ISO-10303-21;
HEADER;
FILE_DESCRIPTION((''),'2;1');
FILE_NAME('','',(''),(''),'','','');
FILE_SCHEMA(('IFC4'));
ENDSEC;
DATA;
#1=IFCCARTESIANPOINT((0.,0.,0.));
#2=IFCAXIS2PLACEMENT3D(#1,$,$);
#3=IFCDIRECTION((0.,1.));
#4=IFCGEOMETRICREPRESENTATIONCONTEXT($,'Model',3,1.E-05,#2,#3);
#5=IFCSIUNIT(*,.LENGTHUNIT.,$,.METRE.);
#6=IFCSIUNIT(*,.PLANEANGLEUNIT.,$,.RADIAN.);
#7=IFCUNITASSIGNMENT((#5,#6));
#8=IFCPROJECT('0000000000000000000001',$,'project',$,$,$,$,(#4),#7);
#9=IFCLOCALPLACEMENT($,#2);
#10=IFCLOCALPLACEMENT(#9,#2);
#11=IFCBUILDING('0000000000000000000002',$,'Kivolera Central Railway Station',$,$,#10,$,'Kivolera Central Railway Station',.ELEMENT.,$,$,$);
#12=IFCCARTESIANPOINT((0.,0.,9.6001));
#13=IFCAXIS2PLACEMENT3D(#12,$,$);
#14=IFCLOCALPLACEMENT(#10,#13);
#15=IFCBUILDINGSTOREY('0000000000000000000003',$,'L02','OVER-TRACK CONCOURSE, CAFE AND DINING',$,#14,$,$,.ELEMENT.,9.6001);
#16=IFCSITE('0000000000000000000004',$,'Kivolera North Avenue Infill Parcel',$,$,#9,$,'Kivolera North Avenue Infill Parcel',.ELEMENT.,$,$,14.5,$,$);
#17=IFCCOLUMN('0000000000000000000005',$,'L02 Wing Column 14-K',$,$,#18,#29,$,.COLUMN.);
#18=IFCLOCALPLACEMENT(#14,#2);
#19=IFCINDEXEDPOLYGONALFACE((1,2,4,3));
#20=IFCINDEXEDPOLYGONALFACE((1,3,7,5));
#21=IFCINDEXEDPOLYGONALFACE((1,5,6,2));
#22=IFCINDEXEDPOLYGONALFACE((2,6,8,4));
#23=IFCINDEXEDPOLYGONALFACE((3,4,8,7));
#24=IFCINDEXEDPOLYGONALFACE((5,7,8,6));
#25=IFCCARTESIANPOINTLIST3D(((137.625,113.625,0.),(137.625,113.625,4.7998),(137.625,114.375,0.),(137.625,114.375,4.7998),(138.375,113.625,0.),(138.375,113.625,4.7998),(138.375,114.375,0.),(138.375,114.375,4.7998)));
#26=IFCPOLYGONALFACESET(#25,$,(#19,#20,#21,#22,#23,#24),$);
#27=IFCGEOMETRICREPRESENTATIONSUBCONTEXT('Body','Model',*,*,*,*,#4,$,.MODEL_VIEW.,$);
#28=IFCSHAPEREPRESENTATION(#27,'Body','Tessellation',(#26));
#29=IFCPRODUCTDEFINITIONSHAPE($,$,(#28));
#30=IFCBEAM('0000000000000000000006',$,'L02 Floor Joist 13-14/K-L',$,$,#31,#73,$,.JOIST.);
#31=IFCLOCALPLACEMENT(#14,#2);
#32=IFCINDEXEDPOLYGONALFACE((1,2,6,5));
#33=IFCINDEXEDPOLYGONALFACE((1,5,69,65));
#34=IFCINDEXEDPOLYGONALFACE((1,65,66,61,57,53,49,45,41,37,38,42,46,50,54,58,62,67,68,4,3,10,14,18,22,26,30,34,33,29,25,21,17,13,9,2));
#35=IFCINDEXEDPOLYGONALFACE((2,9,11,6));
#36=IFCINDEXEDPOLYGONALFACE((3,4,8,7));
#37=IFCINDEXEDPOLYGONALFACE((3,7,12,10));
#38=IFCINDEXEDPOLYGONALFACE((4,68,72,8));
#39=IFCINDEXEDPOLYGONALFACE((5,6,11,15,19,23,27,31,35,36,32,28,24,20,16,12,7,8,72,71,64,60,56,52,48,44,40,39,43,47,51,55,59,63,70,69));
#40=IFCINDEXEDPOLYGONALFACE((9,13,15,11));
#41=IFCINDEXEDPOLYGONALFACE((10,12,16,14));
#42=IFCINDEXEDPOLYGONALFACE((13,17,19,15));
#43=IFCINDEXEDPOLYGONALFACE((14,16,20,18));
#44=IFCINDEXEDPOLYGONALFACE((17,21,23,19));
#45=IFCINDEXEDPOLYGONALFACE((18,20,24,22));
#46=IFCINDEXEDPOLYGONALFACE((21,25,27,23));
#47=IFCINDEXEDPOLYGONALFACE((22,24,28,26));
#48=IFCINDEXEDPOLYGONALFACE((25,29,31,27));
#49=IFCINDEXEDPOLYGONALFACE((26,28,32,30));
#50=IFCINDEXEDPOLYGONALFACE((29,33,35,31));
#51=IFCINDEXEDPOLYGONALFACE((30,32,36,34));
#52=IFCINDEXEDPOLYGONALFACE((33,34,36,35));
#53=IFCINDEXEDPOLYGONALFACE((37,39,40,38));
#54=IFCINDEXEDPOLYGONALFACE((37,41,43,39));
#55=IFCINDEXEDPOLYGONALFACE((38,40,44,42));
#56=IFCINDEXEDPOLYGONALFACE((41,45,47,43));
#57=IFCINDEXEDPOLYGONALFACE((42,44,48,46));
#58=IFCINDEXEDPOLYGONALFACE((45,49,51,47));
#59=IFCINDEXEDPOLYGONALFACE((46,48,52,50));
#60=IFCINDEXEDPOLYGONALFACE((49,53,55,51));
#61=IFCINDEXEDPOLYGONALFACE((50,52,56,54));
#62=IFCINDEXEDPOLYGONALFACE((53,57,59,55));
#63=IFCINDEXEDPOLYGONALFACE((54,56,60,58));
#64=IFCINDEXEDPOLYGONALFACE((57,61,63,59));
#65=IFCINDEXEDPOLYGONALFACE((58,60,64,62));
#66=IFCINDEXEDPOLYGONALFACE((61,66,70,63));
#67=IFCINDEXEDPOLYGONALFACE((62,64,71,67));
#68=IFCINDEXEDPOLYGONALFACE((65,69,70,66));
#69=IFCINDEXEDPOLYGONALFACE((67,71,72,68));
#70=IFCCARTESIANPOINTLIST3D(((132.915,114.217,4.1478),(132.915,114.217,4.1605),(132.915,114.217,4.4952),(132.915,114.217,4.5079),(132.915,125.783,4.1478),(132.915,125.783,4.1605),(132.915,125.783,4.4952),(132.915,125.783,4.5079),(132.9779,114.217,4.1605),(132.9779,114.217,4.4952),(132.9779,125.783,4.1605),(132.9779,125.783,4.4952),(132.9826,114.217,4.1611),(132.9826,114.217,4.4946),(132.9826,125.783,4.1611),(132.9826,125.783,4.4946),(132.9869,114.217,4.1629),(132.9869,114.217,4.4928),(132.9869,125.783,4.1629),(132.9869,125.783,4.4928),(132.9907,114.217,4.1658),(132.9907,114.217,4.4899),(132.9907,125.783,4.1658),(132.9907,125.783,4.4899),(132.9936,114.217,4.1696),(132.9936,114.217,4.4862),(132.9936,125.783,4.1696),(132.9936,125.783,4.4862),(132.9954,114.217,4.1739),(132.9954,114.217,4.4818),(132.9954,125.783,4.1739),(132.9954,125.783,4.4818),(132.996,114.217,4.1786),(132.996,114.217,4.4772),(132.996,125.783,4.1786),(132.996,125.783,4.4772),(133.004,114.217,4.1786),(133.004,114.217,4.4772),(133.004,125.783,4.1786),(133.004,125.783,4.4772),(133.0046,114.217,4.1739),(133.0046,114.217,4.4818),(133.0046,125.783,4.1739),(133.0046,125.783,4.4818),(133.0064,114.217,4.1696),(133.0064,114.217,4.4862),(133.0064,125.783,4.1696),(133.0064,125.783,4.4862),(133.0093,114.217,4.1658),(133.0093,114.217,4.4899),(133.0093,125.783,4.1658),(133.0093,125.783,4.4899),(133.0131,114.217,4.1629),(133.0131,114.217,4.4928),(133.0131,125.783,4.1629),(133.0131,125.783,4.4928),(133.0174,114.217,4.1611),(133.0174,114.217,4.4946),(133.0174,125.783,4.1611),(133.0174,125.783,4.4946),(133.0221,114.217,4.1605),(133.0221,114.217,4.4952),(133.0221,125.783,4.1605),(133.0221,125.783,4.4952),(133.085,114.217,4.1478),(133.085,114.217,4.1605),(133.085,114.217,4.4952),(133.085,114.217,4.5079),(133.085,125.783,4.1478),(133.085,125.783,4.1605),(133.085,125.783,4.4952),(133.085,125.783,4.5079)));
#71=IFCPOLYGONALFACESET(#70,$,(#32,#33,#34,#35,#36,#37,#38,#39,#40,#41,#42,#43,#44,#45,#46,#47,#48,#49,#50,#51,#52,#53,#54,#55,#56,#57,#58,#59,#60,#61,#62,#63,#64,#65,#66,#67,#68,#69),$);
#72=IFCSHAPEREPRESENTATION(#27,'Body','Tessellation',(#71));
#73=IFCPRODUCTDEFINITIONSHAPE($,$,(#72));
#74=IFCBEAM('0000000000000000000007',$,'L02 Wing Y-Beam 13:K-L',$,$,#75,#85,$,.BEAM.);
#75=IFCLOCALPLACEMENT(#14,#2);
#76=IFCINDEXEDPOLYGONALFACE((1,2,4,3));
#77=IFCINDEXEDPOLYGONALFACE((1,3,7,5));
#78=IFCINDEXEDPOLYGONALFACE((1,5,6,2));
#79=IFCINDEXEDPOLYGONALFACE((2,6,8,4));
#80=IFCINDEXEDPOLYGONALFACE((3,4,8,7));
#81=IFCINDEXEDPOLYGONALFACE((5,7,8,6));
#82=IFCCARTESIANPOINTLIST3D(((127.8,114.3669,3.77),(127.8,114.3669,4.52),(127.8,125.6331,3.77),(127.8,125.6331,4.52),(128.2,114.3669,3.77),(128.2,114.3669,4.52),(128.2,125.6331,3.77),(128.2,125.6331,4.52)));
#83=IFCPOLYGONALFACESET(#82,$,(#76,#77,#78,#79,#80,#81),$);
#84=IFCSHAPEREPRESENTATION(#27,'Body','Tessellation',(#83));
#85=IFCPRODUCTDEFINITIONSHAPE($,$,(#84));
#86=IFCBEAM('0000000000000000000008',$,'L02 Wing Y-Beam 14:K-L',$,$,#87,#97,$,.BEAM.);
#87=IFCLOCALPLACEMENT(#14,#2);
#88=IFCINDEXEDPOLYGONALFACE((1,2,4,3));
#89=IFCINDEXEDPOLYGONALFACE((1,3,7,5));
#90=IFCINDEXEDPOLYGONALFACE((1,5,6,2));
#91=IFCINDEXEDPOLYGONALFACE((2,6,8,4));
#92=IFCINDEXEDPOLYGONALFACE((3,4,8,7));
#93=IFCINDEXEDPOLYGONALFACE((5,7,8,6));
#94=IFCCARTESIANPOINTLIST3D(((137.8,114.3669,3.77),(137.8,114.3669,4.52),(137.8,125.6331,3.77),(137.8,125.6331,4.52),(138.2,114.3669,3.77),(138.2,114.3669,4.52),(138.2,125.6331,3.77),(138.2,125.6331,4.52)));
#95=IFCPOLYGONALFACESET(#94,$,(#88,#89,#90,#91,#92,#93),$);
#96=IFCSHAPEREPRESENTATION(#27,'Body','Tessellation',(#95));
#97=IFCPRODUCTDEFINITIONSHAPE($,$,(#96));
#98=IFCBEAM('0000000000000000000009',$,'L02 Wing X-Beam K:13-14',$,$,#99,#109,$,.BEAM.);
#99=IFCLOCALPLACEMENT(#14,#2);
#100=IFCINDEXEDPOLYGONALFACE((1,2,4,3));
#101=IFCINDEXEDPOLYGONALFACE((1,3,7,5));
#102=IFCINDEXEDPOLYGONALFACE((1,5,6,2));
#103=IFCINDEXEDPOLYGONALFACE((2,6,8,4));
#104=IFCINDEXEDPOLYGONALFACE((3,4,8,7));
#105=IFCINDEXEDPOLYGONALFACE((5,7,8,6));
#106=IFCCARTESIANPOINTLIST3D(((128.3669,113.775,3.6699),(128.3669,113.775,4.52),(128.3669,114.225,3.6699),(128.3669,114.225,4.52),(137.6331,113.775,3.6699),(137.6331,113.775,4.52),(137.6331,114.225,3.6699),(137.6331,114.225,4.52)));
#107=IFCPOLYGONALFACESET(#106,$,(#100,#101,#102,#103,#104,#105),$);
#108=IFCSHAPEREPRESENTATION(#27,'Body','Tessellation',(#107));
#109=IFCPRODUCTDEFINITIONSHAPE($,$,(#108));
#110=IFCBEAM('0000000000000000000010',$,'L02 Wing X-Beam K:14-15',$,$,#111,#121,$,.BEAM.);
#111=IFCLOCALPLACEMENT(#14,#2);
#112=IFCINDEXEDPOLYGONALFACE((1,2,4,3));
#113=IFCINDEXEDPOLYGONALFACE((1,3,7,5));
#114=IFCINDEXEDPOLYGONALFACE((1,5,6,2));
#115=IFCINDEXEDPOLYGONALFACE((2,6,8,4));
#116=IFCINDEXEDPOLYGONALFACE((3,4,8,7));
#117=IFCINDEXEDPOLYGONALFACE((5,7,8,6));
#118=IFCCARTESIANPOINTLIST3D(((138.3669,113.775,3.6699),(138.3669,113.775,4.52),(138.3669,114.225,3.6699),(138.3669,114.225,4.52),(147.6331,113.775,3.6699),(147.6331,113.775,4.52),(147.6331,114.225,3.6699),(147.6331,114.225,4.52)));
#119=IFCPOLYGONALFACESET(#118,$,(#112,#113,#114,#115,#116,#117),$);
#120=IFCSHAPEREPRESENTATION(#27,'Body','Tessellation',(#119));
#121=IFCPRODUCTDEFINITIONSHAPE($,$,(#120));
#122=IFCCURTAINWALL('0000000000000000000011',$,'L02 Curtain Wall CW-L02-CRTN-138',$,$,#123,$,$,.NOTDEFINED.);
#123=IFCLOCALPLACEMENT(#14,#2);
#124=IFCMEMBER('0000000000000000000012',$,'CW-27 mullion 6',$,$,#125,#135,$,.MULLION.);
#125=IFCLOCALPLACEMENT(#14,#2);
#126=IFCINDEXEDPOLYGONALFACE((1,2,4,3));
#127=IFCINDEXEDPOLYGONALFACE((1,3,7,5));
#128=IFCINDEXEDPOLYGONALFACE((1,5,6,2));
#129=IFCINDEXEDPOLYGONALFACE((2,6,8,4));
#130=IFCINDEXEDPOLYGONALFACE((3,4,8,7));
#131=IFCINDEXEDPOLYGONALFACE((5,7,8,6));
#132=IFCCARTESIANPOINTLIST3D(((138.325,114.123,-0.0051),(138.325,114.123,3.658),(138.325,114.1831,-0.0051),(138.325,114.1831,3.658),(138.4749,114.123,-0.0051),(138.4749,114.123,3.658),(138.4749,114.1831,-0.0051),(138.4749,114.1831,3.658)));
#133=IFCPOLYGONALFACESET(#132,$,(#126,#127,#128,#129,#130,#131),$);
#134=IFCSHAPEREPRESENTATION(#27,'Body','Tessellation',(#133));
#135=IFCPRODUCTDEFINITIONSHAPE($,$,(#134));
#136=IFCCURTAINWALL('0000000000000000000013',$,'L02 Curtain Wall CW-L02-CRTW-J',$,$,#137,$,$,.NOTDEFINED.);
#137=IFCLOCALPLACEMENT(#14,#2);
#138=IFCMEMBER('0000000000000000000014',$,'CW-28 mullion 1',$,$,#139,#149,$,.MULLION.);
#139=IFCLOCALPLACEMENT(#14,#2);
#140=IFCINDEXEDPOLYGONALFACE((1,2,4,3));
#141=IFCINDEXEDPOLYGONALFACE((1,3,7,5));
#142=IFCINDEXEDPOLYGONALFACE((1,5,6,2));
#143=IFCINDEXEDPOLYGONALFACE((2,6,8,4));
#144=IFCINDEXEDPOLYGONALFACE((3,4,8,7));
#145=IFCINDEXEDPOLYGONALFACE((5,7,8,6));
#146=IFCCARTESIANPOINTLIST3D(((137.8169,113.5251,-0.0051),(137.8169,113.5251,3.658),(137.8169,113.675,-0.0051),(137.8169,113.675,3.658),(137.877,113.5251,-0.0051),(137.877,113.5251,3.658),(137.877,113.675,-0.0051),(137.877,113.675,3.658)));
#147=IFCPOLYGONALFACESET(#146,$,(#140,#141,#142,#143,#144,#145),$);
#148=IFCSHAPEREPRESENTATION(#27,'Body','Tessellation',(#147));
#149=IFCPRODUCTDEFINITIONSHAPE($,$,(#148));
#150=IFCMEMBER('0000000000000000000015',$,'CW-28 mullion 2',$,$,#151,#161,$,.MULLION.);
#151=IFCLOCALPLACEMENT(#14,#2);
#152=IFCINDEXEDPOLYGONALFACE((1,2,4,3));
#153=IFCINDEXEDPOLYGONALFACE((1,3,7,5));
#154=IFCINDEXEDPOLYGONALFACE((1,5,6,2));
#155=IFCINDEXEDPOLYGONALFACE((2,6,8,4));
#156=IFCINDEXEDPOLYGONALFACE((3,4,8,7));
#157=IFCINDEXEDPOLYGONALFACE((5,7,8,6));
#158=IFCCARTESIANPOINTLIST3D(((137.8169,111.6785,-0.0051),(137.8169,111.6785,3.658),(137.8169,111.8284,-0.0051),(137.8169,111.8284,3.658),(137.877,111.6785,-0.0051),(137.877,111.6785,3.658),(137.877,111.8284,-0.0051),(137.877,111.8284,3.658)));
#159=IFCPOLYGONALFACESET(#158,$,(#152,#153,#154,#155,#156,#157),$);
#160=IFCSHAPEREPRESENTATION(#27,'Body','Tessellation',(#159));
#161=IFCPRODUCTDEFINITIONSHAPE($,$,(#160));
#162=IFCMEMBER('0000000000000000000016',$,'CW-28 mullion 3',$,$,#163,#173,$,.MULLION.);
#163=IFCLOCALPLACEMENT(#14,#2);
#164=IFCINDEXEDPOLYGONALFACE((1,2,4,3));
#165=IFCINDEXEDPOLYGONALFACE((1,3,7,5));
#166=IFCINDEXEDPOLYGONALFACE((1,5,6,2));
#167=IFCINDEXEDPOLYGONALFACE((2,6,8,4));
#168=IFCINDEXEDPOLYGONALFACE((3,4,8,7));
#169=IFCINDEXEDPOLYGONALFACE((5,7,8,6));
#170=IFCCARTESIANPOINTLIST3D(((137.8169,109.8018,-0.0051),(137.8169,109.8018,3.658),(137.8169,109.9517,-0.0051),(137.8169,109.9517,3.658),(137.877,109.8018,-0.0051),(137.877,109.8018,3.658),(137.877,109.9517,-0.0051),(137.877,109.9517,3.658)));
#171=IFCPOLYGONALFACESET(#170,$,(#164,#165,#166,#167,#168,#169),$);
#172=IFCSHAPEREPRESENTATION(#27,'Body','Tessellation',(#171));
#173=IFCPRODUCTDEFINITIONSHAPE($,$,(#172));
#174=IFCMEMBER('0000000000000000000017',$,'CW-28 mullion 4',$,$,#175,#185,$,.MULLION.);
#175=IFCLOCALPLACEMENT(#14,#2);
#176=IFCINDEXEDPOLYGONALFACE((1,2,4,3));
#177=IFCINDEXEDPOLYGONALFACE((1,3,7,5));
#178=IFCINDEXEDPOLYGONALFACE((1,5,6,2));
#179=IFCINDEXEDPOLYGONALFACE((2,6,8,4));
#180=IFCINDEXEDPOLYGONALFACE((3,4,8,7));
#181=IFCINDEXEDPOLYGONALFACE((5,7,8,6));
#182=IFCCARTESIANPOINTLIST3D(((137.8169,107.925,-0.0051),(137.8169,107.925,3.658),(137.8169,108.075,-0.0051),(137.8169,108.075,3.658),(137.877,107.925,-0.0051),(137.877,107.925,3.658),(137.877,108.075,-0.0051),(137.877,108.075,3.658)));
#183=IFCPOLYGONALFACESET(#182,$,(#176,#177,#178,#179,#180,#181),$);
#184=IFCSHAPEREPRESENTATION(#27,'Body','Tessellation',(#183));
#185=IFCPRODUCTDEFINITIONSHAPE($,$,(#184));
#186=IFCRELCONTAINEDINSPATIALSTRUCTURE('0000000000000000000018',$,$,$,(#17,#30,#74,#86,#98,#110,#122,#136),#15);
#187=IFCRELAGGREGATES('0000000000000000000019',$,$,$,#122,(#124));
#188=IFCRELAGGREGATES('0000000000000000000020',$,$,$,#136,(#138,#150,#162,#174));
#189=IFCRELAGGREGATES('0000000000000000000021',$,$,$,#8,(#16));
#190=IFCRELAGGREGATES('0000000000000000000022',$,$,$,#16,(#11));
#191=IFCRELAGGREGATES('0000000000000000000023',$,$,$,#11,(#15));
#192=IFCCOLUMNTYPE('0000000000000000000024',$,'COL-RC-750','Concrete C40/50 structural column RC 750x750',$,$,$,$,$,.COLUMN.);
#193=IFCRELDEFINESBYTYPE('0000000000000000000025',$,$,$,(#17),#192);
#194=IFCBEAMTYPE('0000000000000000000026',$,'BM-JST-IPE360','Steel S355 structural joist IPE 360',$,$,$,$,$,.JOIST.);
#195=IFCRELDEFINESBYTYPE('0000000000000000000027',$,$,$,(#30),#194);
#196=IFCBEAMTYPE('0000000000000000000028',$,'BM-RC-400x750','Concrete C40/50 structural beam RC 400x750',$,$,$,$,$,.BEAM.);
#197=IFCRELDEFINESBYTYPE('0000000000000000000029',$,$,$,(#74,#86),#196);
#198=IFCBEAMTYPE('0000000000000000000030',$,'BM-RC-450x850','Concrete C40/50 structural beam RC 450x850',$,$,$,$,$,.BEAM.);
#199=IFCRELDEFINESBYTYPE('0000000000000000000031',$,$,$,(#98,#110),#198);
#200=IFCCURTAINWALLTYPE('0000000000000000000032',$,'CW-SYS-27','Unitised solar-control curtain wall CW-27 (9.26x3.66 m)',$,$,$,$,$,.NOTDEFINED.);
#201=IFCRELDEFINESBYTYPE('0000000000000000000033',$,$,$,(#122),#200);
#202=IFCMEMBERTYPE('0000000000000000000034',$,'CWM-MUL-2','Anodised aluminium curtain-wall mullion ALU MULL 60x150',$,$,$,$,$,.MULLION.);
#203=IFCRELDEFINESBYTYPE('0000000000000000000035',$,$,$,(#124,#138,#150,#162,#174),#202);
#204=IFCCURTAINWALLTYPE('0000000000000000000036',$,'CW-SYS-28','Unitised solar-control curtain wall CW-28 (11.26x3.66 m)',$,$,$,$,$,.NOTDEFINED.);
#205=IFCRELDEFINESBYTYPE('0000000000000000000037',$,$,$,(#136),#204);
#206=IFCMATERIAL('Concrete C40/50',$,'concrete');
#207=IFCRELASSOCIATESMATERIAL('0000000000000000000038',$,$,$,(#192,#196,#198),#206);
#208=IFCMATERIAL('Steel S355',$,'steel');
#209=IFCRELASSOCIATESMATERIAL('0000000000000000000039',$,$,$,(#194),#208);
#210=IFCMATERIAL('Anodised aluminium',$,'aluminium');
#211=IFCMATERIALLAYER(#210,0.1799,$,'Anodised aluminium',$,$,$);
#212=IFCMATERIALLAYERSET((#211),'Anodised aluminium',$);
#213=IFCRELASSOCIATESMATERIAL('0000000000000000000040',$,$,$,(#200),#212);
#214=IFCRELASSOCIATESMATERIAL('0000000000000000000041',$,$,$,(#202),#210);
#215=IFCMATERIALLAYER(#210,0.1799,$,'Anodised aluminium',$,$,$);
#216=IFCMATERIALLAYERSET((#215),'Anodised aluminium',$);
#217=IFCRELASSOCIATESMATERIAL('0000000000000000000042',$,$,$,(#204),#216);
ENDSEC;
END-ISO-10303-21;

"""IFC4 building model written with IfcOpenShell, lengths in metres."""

from ifc_helpers import new_model, si_unit, direction, frame, origin, origin_2d, place, context, subcontext, project, spatial, rectangle, i_section, extrude, material, layer, layer_set, material_profile, profile_set, type_object, element, aggregate, save


model = new_model("IFC4")

# Units and contexts
model_context = context("Model", 3, precision=1e-05, world=origin(), true_north=direction((0.0, 1.0)))
body_context = subcontext(model_context, "Body", "Model", "MODEL_VIEW")
ifc_project = project(units=[si_unit("LENGTHUNIT", "METRE"), si_unit("PLANEANGLEUNIT", "RADIAN")], contexts=[model_context])

# Site, building, storey
site_placement = place(None, origin())
site = spatial("IfcSite", under=ifc_project, at=site_placement, Name="Kivolera North Avenue Infill Parcel", LongName="Kivolera North Avenue Infill Parcel", CompositionType="ELEMENT", RefElevation=14.5)
building_placement = place(site_placement, origin())
building = spatial("IfcBuilding", under=site, at=building_placement, Name="Kivolera Central Railway Station", LongName="Kivolera Central Railway Station", CompositionType="ELEMENT")
storey_placement = place(building_placement, frame((0.0, 0.0, 9.6001)))
storey = spatial("IfcBuildingStorey", under=building, at=storey_placement, Name="L02", Description="OVER-TRACK CONCOURSE, CAFE AND DINING", CompositionType="ELEMENT", Elevation=9.6001)

# Column
ifc_material_1 = material(Name="Concrete C40/50", Category="concrete")
ifc_material_profile_1 = material_profile(ifc_material_1, rectangle(XDim=0.75, YDim=0.75, at=origin_2d()), Name="RC 750x750")
ifc_profile_set_1 = profile_set([ifc_material_profile_1], Name="Concrete C40/50")
column_type = type_object("IfcColumnType", Name="COL-RC-750", Description="Concrete C40/50 structural column RC 750x750", PredefinedType="COLUMN", material=ifc_profile_set_1)
column_placement = place(storey_placement, frame((138.0, 114.0, 0.0), z_axis=(0.0, 0.0, 1.0), x_axis=(1.0, 0.0, 0.0)))
element("IfcColumn", 1, at=column_placement, inside=storey, type_object=column_type, Name="L02 Wing Column 14-K", PredefinedType="COLUMN", context=body_context, shape_type="SweptSolid", body=[
    extrude(rectangle(XDim=0.75, YDim=0.75, at=origin_2d()), origin(), (0.0, 0.0, 1.0), 4.7998),
])

# Beams
ifc_material_2 = material(Name="Steel S355", Category="steel")
ifc_material_profile_2 = material_profile(ifc_material_2, i_section(OverallWidth=0.1699, OverallDepth=0.3601, WebThickness=0.0081, FlangeThickness=0.0127, FilletRadius=0.0181, at=origin_2d()), Name="IPE 360")
ifc_profile_set_2 = profile_set([ifc_material_profile_2], Name="Steel S355")
beam_type_1 = type_object("IfcBeamType", Name="BM-JST-IPE360", Description="Steel S355 structural joist IPE 360", PredefinedType="JOIST", material=ifc_profile_set_2)
beam_placement = place(storey_placement, frame((133.0, 114.217, 4.3279), z_axis=(0.0, 1.0, 0.0), x_axis=(-1.0, 0.0, 0.0)))
element("IfcBeam", 2, at=beam_placement, inside=storey, type_object=beam_type_1, Name="L02 Floor Joist 13-14/K-L", PredefinedType="JOIST", context=body_context, shape_type="SweptSolid", body=[
    extrude(i_section(OverallWidth=0.1699, OverallDepth=0.3601, WebThickness=0.0081, FlangeThickness=0.0127, FilletRadius=0.0181, at=origin_2d()), origin(), (0.0, 0.0, 1.0), 11.5659),
])
ifc_material_profile_3 = material_profile(ifc_material_1, rectangle(XDim=0.3999, YDim=0.75, at=origin_2d()), Name="RC 400x750")
ifc_profile_set_3 = profile_set([ifc_material_profile_3], Name="Concrete C40/50")
beam_type_2 = type_object("IfcBeamType", Name="BM-RC-400x750", Description="Concrete C40/50 structural beam RC 400x750", PredefinedType="BEAM", material=ifc_profile_set_3)
for number, where, z_axis, x_axis, name in (
    (3, (128.0, 114.3669, 4.145), (0.0, 1.0, 0.0), (-1.0, 0.0, 0.0), "L02 Wing Y-Beam 13:K-L"),
    (4, (138.0, 114.3669, 4.145), (0.0, 1.0, 0.0), (-1.0, 0.0, 0.0), "L02 Wing Y-Beam 14:K-L"),
):
    element("IfcBeam", number, at=place(storey_placement, frame(where, z_axis=z_axis, x_axis=x_axis)), inside=storey, type_object=beam_type_2, Name=name, PredefinedType="BEAM", context=body_context, shape_type="SweptSolid", body=[
        extrude(rectangle(XDim=0.3999, YDim=0.75, at=origin_2d()), origin(), (0.0, 0.0, 1.0), 11.2661),
    ])
ifc_material_profile_4 = material_profile(ifc_material_1, rectangle(XDim=0.45, YDim=0.8501, at=origin_2d()), Name="RC 450x850")
ifc_profile_set_4 = profile_set([ifc_material_profile_4], Name="Concrete C40/50")
beam_type_3 = type_object("IfcBeamType", Name="BM-RC-450x850", Description="Concrete C40/50 structural beam RC 450x850", PredefinedType="BEAM", material=ifc_profile_set_4)
for number, where, z_axis, x_axis, name in (
    (5, (128.3669, 114.0, 4.095), (1.0, 0.0, 0.0), (0.0, 1.0, 0.0), "L02 Wing X-Beam K:13-14"),
    (6, (138.3669, 114.0, 4.095), (1.0, 0.0, 0.0), (0.0, 1.0, 0.0), "L02 Wing X-Beam K:14-15"),
):
    element("IfcBeam", number, at=place(storey_placement, frame(where, z_axis=z_axis, x_axis=x_axis)), inside=storey, type_object=beam_type_3, Name=name, PredefinedType="BEAM", context=body_context, shape_type="SweptSolid", body=[
        extrude(rectangle(XDim=0.45, YDim=0.8501, at=origin_2d()), origin(), (0.0, 0.0, 1.0), 9.2661),
    ])

# Curtain wall, member
ifc_material_3 = material(Name="Anodised aluminium", Category="aluminium")
ifc_layer_1 = layer(ifc_material_3, 0.1799, Name="Anodised aluminium")
ifc_layer_set_1 = layer_set([ifc_layer_1], Name="Anodised aluminium")
curtain_wall_type_1 = type_object("IfcCurtainWallType", Name="CW-SYS-27", Description="Unitised solar-control curtain wall CW-27 (9.26x3.66 m)", PredefinedType="NOTDEFINED", material=ifc_layer_set_1)
curtain_wall_1_placement = place(storey_placement, origin())
curtain_wall_1 = element("IfcCurtainWall", 7, at=curtain_wall_1_placement, inside=storey, type_object=curtain_wall_type_1, Name="L02 Curtain Wall CW-L02-CRTN-138", PredefinedType="NOTDEFINED")
ifc_material_profile_5 = material_profile(ifc_material_3, rectangle(XDim=0.0601, YDim=0.1499, at=origin_2d()), Name="ALU MULL 60x150")
ifc_profile_set_5 = profile_set([ifc_material_profile_5], Name="Anodised aluminium")
member_type_1 = type_object("IfcMemberType", Name="CWM-MUL-2", Description="Anodised aluminium curtain-wall mullion ALU MULL 60x150", PredefinedType="MULLION", material=ifc_profile_set_5)
member_1_placement = place(storey_placement, frame((138.3999, 114.1531, -0.0051), z_axis=(0.0, 0.0, 1.0), x_axis=(0.0, -1.0, 0.0)))
member_1 = element("IfcMember", 8, at=member_1_placement, type_object=member_type_1, Name="CW-27 mullion 6", PredefinedType="MULLION", context=body_context, shape_type="SweptSolid", body=[
    extrude(rectangle(XDim=0.0601, YDim=0.1499, at=origin_2d()), origin(), (0.0, 0.0, 1.0), 3.6631),
])
aggregate(curtain_wall_1, [member_1])

# Curtain wall, members
ifc_layer_2 = layer(ifc_material_3, 0.1799, Name="Anodised aluminium")
ifc_layer_set_2 = layer_set([ifc_layer_2], Name="Anodised aluminium")
curtain_wall_type_2 = type_object("IfcCurtainWallType", Name="CW-SYS-28", Description="Unitised solar-control curtain wall CW-28 (11.26x3.66 m)", PredefinedType="NOTDEFINED", material=ifc_layer_set_2)
curtain_wall_2_placement = place(storey_placement, origin())
curtain_wall_2 = element("IfcCurtainWall", 9, at=curtain_wall_2_placement, inside=storey, type_object=curtain_wall_type_2, Name="L02 Curtain Wall CW-L02-CRTW-J", PredefinedType="NOTDEFINED")
member_2_placement = place(storey_placement, frame((137.8469, 113.6001, -0.0051), z_axis=(0.0, 0.0, 1.0), x_axis=(1.0, 0.0, 0.0)))
member_2 = element("IfcMember", 10, at=member_2_placement, type_object=member_type_1, Name="CW-28 mullion 1", PredefinedType="MULLION", context=body_context, shape_type="SweptSolid", body=[
    extrude(rectangle(XDim=0.0601, YDim=0.1499, at=origin_2d()), origin(), (0.0, 0.0, 1.0), 3.6631),
])
member_3_placement = place(storey_placement, frame((137.8469, 111.7534, -0.0051), z_axis=(0.0, 0.0, 1.0), x_axis=(1.0, 0.0, 0.0)))
member_3 = element("IfcMember", 11, at=member_3_placement, type_object=member_type_1, Name="CW-28 mullion 2", PredefinedType="MULLION", context=body_context, shape_type="SweptSolid", body=[
    extrude(rectangle(XDim=0.0601, YDim=0.1499, at=origin_2d()), origin(), (0.0, 0.0, 1.0), 3.6631),
])
member_4_placement = place(storey_placement, frame((137.8469, 109.8767, -0.0051), z_axis=(0.0, 0.0, 1.0), x_axis=(1.0, 0.0, 0.0)))
member_4 = element("IfcMember", 12, at=member_4_placement, type_object=member_type_1, Name="CW-28 mullion 3", PredefinedType="MULLION", context=body_context, shape_type="SweptSolid", body=[
    extrude(rectangle(XDim=0.0601, YDim=0.1499, at=origin_2d()), origin(), (0.0, 0.0, 1.0), 3.6631),
])
member_5_placement = place(storey_placement, frame((137.8469, 108.0, -0.0051), z_axis=(0.0, 0.0, 1.0), x_axis=(1.0, 0.0, 0.0)))
member_5 = element("IfcMember", 13, at=member_5_placement, type_object=member_type_1, Name="CW-28 mullion 4", PredefinedType="MULLION", context=body_context, shape_type="SweptSolid", body=[
    extrude(rectangle(XDim=0.0601, YDim=0.1499, at=origin_2d()), origin(), (0.0, 0.0, 1.0), 3.6631),
])
aggregate(curtain_wall_2, [member_2, member_3, member_4, member_5])

save(model, "model.ifc")
